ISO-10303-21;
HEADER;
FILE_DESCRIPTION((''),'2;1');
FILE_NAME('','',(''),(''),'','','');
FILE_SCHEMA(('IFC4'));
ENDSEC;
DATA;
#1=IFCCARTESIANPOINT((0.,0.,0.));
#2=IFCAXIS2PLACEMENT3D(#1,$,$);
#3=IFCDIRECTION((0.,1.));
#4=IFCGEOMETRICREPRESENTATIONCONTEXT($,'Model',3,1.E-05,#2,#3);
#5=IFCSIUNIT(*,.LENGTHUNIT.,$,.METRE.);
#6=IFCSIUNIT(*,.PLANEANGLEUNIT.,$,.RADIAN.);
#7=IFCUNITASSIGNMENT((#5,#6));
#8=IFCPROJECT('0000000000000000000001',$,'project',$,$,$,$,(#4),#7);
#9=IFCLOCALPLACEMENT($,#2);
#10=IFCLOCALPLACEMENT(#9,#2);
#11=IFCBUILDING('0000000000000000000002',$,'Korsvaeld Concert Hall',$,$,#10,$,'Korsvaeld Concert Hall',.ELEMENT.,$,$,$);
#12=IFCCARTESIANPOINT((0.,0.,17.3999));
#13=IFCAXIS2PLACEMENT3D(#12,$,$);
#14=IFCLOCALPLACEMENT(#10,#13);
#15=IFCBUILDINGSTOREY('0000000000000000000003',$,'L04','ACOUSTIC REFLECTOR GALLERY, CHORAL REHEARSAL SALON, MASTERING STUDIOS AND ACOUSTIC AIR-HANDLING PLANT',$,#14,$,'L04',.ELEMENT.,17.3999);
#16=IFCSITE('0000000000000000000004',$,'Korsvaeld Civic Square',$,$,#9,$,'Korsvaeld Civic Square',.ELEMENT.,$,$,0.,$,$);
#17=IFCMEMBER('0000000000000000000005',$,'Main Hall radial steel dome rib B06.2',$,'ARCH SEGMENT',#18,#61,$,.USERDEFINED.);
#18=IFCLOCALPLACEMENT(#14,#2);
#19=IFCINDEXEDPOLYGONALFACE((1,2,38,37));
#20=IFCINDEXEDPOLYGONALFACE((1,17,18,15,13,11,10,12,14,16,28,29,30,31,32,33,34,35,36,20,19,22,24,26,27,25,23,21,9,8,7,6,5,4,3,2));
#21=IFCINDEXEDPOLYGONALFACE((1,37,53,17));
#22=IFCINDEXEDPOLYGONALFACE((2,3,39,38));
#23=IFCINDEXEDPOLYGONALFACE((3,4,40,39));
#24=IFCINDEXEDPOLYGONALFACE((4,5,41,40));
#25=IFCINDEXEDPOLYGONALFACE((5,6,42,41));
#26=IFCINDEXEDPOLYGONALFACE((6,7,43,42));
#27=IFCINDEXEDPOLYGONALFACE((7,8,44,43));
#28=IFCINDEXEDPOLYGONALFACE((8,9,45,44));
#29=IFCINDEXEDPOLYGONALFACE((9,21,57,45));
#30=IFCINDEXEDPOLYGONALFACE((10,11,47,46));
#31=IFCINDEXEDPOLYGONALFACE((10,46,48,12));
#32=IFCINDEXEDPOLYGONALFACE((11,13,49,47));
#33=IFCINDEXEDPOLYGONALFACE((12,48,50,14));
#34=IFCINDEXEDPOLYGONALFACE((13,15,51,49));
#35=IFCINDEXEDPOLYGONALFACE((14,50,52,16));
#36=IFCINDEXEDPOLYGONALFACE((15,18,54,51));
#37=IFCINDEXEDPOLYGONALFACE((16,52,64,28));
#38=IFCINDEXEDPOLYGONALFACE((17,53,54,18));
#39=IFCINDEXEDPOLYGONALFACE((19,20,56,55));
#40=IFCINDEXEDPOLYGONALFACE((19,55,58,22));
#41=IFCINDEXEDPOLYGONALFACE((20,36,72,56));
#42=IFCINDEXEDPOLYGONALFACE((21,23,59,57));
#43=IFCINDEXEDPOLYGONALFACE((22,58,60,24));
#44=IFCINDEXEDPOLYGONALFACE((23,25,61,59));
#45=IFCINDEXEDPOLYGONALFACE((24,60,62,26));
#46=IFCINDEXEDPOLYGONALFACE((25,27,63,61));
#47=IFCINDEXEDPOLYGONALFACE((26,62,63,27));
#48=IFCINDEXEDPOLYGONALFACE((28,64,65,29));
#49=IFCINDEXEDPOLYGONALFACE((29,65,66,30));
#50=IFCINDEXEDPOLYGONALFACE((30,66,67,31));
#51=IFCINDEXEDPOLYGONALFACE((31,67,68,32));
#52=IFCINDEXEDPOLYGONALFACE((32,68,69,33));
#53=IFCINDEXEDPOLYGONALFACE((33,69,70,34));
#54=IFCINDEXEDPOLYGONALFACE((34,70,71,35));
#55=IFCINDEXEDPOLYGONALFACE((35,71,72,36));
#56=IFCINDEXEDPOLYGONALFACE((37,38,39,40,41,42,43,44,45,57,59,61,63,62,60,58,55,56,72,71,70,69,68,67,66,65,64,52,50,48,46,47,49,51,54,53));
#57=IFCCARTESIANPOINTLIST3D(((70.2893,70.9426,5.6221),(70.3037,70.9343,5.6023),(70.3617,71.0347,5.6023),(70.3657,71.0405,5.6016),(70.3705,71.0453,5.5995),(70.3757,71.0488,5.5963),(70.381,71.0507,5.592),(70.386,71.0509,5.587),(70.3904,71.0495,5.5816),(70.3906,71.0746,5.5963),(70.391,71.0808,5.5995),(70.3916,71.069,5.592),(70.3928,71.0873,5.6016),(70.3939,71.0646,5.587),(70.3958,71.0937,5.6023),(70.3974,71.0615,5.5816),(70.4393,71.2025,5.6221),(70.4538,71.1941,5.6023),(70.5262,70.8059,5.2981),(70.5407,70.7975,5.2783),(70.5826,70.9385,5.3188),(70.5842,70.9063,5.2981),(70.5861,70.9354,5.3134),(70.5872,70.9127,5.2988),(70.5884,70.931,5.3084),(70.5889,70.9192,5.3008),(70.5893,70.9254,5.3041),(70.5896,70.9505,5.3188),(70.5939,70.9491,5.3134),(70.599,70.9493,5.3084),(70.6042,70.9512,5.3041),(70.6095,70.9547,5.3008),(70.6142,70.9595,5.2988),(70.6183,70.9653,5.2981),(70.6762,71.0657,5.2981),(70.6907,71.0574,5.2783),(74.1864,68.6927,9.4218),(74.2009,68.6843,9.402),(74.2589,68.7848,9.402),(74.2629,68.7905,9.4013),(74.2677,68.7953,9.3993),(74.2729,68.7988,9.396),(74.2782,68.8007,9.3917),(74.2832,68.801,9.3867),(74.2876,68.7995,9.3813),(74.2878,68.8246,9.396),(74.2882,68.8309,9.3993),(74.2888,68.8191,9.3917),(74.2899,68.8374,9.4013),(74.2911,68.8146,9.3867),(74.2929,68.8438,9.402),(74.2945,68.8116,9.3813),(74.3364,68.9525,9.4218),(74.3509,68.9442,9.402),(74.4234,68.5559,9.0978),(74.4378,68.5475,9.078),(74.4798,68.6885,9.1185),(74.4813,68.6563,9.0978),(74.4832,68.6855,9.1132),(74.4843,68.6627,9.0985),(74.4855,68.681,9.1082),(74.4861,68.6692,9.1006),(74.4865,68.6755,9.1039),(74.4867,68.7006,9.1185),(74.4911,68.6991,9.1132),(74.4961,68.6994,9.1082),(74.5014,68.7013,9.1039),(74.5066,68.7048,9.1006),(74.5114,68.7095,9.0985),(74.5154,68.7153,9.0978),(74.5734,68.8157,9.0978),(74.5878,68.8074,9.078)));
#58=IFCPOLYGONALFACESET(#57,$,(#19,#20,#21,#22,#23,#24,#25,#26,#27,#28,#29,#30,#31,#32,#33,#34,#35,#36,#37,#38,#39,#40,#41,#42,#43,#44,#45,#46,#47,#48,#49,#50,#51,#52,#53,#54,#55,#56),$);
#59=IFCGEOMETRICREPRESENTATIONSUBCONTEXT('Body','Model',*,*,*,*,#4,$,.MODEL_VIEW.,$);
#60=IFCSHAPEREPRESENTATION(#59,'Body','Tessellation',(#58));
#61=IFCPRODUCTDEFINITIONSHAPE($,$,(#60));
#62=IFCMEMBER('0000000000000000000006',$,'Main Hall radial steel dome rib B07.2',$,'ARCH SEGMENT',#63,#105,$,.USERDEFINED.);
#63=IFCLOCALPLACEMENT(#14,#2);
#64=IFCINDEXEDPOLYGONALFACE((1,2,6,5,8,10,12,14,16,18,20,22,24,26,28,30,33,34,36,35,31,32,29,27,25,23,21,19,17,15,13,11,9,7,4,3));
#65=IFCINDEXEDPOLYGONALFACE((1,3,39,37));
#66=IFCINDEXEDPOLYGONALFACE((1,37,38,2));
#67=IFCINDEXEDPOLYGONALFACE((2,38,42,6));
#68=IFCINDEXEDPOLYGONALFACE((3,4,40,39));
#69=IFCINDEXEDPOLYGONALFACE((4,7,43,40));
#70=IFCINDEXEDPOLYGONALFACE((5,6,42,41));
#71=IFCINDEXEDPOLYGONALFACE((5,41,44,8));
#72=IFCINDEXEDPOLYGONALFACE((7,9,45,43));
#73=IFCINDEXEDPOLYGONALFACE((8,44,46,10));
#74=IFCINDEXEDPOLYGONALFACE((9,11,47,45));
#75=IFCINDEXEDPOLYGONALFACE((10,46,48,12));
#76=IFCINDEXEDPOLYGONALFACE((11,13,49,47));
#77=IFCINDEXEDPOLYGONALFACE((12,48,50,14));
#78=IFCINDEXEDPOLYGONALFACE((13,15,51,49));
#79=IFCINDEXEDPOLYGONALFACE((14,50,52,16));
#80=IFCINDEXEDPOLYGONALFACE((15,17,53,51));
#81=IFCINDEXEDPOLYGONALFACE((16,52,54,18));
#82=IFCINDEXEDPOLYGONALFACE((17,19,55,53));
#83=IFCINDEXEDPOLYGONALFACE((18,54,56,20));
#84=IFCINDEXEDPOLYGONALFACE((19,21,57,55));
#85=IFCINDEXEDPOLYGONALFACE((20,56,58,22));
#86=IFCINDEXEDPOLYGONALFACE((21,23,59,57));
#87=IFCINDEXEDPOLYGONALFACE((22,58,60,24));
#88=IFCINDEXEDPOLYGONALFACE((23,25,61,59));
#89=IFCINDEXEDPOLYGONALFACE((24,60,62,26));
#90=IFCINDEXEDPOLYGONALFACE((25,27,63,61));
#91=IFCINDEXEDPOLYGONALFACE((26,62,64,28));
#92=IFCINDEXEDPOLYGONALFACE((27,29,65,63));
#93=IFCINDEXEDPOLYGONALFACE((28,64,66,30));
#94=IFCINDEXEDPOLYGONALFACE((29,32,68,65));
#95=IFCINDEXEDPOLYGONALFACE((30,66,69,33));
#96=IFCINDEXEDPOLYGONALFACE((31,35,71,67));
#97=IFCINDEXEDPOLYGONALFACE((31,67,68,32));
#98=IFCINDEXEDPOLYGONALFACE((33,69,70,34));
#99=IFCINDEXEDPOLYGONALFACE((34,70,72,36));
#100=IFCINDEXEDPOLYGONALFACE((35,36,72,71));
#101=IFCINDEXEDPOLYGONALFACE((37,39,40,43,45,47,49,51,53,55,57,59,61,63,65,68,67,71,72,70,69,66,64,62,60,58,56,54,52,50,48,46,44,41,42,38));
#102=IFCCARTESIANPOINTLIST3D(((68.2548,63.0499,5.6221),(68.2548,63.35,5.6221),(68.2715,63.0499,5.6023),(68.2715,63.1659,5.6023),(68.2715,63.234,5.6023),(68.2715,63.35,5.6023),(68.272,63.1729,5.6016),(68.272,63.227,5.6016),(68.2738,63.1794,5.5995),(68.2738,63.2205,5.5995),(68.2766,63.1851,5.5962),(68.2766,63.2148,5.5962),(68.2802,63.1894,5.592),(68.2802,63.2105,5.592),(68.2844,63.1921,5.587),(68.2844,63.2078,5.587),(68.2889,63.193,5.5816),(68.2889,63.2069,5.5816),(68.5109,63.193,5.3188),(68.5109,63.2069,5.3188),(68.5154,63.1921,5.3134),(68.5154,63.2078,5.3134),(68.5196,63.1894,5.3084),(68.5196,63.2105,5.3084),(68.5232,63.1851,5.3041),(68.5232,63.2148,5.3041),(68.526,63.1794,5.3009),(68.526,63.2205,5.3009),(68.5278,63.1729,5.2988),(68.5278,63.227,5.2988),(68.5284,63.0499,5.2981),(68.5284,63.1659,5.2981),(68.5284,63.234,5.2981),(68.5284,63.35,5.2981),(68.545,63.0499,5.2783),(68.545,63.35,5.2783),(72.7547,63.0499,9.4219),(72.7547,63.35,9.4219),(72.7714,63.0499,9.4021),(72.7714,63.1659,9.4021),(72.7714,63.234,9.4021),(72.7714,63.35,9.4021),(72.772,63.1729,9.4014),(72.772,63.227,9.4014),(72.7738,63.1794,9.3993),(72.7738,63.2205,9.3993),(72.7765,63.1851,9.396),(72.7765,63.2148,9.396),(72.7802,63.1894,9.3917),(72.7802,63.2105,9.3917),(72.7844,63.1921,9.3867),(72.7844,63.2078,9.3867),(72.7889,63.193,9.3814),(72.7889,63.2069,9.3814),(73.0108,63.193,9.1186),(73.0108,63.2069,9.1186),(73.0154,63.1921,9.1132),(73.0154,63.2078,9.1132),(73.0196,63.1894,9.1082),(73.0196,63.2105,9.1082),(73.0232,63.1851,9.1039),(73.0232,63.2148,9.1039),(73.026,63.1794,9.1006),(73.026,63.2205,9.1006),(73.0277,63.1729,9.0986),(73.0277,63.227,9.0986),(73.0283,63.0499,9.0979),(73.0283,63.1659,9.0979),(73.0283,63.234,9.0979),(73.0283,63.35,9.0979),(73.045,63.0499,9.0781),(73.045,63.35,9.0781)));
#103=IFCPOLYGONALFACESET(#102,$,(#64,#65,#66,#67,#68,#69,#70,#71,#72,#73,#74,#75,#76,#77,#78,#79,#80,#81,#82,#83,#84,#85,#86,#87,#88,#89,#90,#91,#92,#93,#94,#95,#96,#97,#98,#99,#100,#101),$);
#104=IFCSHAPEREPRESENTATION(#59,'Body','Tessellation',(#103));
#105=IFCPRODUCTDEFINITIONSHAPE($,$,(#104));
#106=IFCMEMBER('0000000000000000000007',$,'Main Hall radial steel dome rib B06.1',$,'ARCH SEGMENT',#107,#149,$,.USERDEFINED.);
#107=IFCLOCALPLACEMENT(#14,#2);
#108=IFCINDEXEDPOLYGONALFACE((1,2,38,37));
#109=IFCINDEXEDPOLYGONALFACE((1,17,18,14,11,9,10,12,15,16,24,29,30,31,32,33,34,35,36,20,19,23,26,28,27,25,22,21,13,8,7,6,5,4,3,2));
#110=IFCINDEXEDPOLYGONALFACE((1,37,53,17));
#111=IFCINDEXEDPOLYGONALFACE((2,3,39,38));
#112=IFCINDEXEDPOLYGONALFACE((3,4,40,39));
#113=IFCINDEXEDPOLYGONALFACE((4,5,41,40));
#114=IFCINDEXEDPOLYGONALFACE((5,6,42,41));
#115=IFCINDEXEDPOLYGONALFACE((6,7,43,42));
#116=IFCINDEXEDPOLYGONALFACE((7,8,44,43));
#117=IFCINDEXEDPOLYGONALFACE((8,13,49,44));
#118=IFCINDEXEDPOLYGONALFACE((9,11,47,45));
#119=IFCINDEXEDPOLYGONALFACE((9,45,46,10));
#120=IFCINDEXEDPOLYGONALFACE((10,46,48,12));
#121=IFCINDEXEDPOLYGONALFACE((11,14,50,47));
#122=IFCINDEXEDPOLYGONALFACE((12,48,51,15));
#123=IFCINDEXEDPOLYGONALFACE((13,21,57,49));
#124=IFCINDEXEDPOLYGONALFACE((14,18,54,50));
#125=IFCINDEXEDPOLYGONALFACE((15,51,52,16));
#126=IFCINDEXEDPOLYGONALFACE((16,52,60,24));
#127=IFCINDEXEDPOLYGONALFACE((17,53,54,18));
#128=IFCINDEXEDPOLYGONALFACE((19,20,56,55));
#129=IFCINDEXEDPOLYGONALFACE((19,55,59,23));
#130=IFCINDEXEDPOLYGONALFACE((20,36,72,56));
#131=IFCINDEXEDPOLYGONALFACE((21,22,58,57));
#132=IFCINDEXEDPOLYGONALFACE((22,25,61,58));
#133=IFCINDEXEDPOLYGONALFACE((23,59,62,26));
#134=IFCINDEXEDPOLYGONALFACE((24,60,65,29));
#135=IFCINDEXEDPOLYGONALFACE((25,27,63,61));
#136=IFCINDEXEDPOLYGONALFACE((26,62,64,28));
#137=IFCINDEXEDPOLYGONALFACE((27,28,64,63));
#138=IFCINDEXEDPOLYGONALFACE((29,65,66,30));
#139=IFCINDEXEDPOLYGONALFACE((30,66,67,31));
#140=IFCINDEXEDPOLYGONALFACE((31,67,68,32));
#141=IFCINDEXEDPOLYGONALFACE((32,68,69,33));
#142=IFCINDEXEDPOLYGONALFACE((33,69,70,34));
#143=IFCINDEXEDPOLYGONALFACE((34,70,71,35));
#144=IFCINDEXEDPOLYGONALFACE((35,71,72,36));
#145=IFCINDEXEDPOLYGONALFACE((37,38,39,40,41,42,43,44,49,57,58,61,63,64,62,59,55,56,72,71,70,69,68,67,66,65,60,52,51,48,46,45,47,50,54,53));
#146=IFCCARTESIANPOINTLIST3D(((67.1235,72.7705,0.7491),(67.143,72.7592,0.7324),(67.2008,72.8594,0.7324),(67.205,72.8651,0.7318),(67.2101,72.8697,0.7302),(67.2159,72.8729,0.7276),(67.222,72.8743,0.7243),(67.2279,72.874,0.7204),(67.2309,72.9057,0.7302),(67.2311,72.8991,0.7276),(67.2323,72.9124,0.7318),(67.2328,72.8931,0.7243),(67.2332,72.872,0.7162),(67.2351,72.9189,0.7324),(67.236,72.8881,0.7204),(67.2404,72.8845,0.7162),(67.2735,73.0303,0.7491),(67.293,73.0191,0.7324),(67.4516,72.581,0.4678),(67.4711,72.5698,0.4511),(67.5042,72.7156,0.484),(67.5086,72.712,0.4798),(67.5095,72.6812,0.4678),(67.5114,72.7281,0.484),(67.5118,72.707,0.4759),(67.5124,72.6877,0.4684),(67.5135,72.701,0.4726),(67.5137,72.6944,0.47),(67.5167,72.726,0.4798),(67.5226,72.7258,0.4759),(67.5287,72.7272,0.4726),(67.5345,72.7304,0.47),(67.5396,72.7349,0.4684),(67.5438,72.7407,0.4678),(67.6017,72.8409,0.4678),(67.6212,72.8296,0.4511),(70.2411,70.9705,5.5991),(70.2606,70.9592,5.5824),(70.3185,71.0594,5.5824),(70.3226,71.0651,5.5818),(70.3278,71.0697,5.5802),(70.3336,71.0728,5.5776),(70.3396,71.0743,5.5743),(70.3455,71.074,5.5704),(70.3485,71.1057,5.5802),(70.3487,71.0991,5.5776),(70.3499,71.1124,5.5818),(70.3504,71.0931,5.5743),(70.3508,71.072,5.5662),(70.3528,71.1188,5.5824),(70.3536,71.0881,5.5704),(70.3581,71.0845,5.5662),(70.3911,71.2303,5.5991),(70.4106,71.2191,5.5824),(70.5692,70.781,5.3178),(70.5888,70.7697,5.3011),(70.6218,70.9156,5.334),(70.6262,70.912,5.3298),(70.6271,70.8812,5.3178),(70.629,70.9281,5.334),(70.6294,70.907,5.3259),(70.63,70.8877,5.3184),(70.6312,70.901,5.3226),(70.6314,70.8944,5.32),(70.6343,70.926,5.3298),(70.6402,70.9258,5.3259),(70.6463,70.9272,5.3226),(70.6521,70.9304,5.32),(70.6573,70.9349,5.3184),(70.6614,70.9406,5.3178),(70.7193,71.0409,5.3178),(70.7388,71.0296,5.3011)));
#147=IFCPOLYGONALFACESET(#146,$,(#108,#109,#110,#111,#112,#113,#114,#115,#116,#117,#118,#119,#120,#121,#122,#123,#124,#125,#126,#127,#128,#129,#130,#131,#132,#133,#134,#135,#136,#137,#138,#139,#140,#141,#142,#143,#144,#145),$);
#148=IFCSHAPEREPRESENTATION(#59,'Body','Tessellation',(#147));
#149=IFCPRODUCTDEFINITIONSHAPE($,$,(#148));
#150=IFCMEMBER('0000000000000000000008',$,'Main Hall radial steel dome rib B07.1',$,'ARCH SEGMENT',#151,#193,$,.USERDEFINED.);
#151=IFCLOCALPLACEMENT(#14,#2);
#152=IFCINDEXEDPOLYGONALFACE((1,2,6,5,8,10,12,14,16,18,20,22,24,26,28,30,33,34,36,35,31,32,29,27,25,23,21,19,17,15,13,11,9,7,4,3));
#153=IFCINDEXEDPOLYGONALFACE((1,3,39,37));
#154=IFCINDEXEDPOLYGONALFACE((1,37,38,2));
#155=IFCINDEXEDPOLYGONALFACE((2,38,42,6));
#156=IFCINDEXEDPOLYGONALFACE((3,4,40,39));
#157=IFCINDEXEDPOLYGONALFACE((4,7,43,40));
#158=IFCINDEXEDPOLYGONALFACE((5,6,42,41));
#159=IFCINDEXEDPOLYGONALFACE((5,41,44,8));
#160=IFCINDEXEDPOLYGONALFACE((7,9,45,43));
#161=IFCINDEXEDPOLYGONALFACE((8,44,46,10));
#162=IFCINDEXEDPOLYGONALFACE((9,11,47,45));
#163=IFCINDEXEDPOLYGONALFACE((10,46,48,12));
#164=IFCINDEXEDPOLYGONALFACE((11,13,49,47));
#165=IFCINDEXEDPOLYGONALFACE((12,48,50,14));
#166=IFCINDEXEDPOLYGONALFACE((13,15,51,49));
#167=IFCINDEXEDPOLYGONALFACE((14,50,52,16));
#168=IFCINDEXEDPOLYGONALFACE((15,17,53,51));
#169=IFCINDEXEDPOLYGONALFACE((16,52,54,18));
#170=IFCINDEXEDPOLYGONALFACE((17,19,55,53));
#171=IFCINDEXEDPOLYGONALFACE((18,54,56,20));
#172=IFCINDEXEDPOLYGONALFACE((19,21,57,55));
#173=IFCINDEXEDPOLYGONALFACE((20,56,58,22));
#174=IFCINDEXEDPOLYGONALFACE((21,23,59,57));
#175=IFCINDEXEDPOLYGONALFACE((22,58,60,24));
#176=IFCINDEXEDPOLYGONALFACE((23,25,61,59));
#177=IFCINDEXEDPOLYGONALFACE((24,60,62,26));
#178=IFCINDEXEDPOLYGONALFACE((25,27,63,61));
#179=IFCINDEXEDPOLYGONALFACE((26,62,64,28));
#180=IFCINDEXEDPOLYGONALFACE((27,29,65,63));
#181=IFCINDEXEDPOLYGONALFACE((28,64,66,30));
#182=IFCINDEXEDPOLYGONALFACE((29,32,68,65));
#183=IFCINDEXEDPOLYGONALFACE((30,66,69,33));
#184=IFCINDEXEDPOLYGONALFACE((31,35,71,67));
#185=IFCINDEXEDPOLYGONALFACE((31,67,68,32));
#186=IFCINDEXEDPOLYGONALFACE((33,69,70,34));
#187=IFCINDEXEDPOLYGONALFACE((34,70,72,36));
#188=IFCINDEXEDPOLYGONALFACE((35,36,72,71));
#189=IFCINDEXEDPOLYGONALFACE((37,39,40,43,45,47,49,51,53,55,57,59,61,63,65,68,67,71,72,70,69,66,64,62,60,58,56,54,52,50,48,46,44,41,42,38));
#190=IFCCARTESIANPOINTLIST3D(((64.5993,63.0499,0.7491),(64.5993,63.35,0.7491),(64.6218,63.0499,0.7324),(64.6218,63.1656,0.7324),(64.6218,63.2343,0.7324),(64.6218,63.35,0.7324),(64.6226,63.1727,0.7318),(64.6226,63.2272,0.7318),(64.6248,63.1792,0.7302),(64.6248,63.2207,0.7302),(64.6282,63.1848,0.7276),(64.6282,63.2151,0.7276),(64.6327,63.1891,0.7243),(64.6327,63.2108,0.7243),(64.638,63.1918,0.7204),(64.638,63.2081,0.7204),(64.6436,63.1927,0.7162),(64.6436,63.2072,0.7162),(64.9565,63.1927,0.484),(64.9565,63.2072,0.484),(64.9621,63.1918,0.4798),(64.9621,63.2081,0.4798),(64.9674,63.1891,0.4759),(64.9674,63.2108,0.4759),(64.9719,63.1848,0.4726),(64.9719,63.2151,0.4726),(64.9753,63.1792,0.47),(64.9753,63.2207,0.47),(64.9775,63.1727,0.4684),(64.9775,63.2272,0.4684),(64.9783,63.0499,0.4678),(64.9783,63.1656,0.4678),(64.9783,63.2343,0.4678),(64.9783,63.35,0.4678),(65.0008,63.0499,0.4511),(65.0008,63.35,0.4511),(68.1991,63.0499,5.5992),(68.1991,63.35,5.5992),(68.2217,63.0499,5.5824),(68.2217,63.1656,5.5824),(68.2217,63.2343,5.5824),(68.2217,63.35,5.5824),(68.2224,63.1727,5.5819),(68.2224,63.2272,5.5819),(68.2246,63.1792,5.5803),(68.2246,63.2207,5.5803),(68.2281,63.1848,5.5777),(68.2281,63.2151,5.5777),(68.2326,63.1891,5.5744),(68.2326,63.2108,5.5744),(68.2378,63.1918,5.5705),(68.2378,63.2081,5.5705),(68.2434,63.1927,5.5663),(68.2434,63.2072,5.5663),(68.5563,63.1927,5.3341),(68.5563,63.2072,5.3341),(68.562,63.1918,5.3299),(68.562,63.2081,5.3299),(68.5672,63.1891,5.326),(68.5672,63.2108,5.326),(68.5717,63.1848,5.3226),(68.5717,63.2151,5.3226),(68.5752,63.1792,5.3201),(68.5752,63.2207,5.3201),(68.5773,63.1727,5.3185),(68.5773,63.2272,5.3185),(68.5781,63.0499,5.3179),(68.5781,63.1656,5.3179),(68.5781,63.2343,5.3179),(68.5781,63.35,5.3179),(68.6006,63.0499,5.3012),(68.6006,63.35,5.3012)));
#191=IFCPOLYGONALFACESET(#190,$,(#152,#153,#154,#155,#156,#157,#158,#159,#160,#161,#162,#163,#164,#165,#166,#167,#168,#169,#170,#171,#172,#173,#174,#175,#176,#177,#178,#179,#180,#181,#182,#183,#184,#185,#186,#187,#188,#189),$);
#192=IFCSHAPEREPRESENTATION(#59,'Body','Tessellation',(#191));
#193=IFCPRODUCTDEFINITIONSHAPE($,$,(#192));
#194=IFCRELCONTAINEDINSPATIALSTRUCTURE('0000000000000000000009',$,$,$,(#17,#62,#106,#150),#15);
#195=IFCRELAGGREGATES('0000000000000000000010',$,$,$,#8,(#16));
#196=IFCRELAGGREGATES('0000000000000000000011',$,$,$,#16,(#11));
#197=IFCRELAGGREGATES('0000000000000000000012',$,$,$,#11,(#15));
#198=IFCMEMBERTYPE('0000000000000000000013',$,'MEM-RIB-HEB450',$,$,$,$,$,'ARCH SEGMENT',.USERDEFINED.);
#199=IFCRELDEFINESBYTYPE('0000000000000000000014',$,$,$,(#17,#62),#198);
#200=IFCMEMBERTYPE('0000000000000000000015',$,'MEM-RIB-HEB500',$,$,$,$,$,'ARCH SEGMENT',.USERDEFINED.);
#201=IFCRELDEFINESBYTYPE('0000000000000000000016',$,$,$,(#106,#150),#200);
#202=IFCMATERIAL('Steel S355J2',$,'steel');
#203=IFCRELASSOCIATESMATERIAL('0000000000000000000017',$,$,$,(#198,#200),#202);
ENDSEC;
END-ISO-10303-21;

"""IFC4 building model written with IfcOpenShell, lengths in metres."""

from ifc_helpers import new_model, si_unit, direction, frame, origin, origin_2d, place, context, subcontext, project, spatial, i_section, extrude, material, material_profile, profile_set, type_object, element, save


model = new_model("IFC4")

# Units and contexts
model_context = context("Model", 3, precision=1e-05, world=origin(), true_north=direction((0.0, 1.0)))
body_context = subcontext(model_context, "Body", "Model", "MODEL_VIEW")
ifc_project = project(units=[si_unit("LENGTHUNIT", "METRE"), si_unit("PLANEANGLEUNIT", "RADIAN")], contexts=[model_context])

# Site, building, storey
site_placement = place(None, origin())
site = spatial("IfcSite", under=ifc_project, at=site_placement, Name="Korsvaeld Civic Square", LongName="Korsvaeld Civic Square", CompositionType="ELEMENT", RefElevation=0.0)
building_placement = place(site_placement, origin())
building = spatial("IfcBuilding", under=site, at=building_placement, Name="Korsvaeld Concert Hall", LongName="Korsvaeld Concert Hall", CompositionType="ELEMENT")
storey_placement = place(building_placement, frame((0.0, 0.0, 17.3999)))
storey = spatial("IfcBuildingStorey", under=building, at=storey_placement, Name="L04", Description="ACOUSTIC REFLECTOR GALLERY, CHORAL REHEARSAL SALON, MASTERING STUDIOS AND ACOUSTIC AIR-HANDLING PLANT", LongName="L04", CompositionType="ELEMENT", Elevation=17.3999)

# Shared definitions
ifc_material_1 = material(Name="Steel S355J2", Category="steel")

# Members
ifc_material_profile_1 = material_profile(ifc_material_1, i_section(OverallWidth=0.3, OverallDepth=0.45, WebThickness=0.0139, FlangeThickness=0.0259, FilletRadius=0.0271, at=origin_2d()), Name="HEB 450")
ifc_profile_set_1 = profile_set([ifc_material_profile_1], Name="Steel S355J2")
member_type_1 = type_object("IfcMemberType", Name="MEM-RIB-HEB450", ElementType="ARCH SEGMENT", PredefinedType="USERDEFINED", material=ifc_profile_set_1)
for number, where, z_axis, x_axis, name in (
    (1, (70.49, 71.0, 5.4502), (0.661693, -0.382019, 0.645154), (0.49999, 0.866031, 0.0), "Main Hall radial steel dome rib B06.2"),
    (2, (68.3999, 63.2, 5.4502), (0.764046, 0.0, 0.645161), (0.0, 1.0, 0.0), "Main Hall radial steel dome rib B07.2"),
):
    element("IfcMember", number, at=place(storey_placement, frame(where, z_axis=z_axis, x_axis=x_axis)), inside=storey, type_object=member_type_1, Name=name, ObjectType="ARCH SEGMENT", PredefinedType="USERDEFINED", context=body_context, shape_type="SweptSolid", body=[
        extrude(i_section(OverallWidth=0.3, OverallDepth=0.45, WebThickness=0.0139, FlangeThickness=0.0259, FilletRadius=0.0271, at=origin_2d()), origin(), (0.0, 0.0, 1.0), 5.8896),
    ])
ifc_material_profile_2 = material_profile(ifc_material_1, i_section(OverallWidth=0.3, OverallDepth=0.5, WebThickness=0.0144, FlangeThickness=0.0281, FilletRadius=0.0271, at=origin_2d()), Name="HEB 500")
ifc_profile_set_2 = profile_set([ifc_material_profile_2], Name="Steel S355J2")
member_type_2 = type_object("IfcMemberType", Name="MEM-RIB-HEB500", ElementType="ARCH SEGMENT", PredefinedType="USERDEFINED", material=ifc_profile_set_2)
for number, where, z_axis, x_axis, name in (
    (3, (67.3723, 72.8, 0.6001), (0.516158, -0.298013, 0.802975), (0.500012, 0.866018, 0.0), "Main Hall radial steel dome rib B06.1"),
    (4, (64.8, 63.2, 0.6001), (0.595996, 0.0, 0.802988), (0.0, 1.0, 0.0), "Main Hall radial steel dome rib B07.1"),
):
    element("IfcMember", number, at=place(storey_placement, frame(where, z_axis=z_axis, x_axis=x_axis)), inside=storey, type_object=member_type_2, Name=name, ObjectType="ARCH SEGMENT", PredefinedType="USERDEFINED", context=body_context, shape_type="SweptSolid", body=[
        extrude(i_section(OverallWidth=0.3, OverallDepth=0.5, WebThickness=0.0144, FlangeThickness=0.0281, FilletRadius=0.0271, at=origin_2d()), origin(), (0.0, 0.0, 1.0), 6.04),
    ])

save(model, "model.ifc")
